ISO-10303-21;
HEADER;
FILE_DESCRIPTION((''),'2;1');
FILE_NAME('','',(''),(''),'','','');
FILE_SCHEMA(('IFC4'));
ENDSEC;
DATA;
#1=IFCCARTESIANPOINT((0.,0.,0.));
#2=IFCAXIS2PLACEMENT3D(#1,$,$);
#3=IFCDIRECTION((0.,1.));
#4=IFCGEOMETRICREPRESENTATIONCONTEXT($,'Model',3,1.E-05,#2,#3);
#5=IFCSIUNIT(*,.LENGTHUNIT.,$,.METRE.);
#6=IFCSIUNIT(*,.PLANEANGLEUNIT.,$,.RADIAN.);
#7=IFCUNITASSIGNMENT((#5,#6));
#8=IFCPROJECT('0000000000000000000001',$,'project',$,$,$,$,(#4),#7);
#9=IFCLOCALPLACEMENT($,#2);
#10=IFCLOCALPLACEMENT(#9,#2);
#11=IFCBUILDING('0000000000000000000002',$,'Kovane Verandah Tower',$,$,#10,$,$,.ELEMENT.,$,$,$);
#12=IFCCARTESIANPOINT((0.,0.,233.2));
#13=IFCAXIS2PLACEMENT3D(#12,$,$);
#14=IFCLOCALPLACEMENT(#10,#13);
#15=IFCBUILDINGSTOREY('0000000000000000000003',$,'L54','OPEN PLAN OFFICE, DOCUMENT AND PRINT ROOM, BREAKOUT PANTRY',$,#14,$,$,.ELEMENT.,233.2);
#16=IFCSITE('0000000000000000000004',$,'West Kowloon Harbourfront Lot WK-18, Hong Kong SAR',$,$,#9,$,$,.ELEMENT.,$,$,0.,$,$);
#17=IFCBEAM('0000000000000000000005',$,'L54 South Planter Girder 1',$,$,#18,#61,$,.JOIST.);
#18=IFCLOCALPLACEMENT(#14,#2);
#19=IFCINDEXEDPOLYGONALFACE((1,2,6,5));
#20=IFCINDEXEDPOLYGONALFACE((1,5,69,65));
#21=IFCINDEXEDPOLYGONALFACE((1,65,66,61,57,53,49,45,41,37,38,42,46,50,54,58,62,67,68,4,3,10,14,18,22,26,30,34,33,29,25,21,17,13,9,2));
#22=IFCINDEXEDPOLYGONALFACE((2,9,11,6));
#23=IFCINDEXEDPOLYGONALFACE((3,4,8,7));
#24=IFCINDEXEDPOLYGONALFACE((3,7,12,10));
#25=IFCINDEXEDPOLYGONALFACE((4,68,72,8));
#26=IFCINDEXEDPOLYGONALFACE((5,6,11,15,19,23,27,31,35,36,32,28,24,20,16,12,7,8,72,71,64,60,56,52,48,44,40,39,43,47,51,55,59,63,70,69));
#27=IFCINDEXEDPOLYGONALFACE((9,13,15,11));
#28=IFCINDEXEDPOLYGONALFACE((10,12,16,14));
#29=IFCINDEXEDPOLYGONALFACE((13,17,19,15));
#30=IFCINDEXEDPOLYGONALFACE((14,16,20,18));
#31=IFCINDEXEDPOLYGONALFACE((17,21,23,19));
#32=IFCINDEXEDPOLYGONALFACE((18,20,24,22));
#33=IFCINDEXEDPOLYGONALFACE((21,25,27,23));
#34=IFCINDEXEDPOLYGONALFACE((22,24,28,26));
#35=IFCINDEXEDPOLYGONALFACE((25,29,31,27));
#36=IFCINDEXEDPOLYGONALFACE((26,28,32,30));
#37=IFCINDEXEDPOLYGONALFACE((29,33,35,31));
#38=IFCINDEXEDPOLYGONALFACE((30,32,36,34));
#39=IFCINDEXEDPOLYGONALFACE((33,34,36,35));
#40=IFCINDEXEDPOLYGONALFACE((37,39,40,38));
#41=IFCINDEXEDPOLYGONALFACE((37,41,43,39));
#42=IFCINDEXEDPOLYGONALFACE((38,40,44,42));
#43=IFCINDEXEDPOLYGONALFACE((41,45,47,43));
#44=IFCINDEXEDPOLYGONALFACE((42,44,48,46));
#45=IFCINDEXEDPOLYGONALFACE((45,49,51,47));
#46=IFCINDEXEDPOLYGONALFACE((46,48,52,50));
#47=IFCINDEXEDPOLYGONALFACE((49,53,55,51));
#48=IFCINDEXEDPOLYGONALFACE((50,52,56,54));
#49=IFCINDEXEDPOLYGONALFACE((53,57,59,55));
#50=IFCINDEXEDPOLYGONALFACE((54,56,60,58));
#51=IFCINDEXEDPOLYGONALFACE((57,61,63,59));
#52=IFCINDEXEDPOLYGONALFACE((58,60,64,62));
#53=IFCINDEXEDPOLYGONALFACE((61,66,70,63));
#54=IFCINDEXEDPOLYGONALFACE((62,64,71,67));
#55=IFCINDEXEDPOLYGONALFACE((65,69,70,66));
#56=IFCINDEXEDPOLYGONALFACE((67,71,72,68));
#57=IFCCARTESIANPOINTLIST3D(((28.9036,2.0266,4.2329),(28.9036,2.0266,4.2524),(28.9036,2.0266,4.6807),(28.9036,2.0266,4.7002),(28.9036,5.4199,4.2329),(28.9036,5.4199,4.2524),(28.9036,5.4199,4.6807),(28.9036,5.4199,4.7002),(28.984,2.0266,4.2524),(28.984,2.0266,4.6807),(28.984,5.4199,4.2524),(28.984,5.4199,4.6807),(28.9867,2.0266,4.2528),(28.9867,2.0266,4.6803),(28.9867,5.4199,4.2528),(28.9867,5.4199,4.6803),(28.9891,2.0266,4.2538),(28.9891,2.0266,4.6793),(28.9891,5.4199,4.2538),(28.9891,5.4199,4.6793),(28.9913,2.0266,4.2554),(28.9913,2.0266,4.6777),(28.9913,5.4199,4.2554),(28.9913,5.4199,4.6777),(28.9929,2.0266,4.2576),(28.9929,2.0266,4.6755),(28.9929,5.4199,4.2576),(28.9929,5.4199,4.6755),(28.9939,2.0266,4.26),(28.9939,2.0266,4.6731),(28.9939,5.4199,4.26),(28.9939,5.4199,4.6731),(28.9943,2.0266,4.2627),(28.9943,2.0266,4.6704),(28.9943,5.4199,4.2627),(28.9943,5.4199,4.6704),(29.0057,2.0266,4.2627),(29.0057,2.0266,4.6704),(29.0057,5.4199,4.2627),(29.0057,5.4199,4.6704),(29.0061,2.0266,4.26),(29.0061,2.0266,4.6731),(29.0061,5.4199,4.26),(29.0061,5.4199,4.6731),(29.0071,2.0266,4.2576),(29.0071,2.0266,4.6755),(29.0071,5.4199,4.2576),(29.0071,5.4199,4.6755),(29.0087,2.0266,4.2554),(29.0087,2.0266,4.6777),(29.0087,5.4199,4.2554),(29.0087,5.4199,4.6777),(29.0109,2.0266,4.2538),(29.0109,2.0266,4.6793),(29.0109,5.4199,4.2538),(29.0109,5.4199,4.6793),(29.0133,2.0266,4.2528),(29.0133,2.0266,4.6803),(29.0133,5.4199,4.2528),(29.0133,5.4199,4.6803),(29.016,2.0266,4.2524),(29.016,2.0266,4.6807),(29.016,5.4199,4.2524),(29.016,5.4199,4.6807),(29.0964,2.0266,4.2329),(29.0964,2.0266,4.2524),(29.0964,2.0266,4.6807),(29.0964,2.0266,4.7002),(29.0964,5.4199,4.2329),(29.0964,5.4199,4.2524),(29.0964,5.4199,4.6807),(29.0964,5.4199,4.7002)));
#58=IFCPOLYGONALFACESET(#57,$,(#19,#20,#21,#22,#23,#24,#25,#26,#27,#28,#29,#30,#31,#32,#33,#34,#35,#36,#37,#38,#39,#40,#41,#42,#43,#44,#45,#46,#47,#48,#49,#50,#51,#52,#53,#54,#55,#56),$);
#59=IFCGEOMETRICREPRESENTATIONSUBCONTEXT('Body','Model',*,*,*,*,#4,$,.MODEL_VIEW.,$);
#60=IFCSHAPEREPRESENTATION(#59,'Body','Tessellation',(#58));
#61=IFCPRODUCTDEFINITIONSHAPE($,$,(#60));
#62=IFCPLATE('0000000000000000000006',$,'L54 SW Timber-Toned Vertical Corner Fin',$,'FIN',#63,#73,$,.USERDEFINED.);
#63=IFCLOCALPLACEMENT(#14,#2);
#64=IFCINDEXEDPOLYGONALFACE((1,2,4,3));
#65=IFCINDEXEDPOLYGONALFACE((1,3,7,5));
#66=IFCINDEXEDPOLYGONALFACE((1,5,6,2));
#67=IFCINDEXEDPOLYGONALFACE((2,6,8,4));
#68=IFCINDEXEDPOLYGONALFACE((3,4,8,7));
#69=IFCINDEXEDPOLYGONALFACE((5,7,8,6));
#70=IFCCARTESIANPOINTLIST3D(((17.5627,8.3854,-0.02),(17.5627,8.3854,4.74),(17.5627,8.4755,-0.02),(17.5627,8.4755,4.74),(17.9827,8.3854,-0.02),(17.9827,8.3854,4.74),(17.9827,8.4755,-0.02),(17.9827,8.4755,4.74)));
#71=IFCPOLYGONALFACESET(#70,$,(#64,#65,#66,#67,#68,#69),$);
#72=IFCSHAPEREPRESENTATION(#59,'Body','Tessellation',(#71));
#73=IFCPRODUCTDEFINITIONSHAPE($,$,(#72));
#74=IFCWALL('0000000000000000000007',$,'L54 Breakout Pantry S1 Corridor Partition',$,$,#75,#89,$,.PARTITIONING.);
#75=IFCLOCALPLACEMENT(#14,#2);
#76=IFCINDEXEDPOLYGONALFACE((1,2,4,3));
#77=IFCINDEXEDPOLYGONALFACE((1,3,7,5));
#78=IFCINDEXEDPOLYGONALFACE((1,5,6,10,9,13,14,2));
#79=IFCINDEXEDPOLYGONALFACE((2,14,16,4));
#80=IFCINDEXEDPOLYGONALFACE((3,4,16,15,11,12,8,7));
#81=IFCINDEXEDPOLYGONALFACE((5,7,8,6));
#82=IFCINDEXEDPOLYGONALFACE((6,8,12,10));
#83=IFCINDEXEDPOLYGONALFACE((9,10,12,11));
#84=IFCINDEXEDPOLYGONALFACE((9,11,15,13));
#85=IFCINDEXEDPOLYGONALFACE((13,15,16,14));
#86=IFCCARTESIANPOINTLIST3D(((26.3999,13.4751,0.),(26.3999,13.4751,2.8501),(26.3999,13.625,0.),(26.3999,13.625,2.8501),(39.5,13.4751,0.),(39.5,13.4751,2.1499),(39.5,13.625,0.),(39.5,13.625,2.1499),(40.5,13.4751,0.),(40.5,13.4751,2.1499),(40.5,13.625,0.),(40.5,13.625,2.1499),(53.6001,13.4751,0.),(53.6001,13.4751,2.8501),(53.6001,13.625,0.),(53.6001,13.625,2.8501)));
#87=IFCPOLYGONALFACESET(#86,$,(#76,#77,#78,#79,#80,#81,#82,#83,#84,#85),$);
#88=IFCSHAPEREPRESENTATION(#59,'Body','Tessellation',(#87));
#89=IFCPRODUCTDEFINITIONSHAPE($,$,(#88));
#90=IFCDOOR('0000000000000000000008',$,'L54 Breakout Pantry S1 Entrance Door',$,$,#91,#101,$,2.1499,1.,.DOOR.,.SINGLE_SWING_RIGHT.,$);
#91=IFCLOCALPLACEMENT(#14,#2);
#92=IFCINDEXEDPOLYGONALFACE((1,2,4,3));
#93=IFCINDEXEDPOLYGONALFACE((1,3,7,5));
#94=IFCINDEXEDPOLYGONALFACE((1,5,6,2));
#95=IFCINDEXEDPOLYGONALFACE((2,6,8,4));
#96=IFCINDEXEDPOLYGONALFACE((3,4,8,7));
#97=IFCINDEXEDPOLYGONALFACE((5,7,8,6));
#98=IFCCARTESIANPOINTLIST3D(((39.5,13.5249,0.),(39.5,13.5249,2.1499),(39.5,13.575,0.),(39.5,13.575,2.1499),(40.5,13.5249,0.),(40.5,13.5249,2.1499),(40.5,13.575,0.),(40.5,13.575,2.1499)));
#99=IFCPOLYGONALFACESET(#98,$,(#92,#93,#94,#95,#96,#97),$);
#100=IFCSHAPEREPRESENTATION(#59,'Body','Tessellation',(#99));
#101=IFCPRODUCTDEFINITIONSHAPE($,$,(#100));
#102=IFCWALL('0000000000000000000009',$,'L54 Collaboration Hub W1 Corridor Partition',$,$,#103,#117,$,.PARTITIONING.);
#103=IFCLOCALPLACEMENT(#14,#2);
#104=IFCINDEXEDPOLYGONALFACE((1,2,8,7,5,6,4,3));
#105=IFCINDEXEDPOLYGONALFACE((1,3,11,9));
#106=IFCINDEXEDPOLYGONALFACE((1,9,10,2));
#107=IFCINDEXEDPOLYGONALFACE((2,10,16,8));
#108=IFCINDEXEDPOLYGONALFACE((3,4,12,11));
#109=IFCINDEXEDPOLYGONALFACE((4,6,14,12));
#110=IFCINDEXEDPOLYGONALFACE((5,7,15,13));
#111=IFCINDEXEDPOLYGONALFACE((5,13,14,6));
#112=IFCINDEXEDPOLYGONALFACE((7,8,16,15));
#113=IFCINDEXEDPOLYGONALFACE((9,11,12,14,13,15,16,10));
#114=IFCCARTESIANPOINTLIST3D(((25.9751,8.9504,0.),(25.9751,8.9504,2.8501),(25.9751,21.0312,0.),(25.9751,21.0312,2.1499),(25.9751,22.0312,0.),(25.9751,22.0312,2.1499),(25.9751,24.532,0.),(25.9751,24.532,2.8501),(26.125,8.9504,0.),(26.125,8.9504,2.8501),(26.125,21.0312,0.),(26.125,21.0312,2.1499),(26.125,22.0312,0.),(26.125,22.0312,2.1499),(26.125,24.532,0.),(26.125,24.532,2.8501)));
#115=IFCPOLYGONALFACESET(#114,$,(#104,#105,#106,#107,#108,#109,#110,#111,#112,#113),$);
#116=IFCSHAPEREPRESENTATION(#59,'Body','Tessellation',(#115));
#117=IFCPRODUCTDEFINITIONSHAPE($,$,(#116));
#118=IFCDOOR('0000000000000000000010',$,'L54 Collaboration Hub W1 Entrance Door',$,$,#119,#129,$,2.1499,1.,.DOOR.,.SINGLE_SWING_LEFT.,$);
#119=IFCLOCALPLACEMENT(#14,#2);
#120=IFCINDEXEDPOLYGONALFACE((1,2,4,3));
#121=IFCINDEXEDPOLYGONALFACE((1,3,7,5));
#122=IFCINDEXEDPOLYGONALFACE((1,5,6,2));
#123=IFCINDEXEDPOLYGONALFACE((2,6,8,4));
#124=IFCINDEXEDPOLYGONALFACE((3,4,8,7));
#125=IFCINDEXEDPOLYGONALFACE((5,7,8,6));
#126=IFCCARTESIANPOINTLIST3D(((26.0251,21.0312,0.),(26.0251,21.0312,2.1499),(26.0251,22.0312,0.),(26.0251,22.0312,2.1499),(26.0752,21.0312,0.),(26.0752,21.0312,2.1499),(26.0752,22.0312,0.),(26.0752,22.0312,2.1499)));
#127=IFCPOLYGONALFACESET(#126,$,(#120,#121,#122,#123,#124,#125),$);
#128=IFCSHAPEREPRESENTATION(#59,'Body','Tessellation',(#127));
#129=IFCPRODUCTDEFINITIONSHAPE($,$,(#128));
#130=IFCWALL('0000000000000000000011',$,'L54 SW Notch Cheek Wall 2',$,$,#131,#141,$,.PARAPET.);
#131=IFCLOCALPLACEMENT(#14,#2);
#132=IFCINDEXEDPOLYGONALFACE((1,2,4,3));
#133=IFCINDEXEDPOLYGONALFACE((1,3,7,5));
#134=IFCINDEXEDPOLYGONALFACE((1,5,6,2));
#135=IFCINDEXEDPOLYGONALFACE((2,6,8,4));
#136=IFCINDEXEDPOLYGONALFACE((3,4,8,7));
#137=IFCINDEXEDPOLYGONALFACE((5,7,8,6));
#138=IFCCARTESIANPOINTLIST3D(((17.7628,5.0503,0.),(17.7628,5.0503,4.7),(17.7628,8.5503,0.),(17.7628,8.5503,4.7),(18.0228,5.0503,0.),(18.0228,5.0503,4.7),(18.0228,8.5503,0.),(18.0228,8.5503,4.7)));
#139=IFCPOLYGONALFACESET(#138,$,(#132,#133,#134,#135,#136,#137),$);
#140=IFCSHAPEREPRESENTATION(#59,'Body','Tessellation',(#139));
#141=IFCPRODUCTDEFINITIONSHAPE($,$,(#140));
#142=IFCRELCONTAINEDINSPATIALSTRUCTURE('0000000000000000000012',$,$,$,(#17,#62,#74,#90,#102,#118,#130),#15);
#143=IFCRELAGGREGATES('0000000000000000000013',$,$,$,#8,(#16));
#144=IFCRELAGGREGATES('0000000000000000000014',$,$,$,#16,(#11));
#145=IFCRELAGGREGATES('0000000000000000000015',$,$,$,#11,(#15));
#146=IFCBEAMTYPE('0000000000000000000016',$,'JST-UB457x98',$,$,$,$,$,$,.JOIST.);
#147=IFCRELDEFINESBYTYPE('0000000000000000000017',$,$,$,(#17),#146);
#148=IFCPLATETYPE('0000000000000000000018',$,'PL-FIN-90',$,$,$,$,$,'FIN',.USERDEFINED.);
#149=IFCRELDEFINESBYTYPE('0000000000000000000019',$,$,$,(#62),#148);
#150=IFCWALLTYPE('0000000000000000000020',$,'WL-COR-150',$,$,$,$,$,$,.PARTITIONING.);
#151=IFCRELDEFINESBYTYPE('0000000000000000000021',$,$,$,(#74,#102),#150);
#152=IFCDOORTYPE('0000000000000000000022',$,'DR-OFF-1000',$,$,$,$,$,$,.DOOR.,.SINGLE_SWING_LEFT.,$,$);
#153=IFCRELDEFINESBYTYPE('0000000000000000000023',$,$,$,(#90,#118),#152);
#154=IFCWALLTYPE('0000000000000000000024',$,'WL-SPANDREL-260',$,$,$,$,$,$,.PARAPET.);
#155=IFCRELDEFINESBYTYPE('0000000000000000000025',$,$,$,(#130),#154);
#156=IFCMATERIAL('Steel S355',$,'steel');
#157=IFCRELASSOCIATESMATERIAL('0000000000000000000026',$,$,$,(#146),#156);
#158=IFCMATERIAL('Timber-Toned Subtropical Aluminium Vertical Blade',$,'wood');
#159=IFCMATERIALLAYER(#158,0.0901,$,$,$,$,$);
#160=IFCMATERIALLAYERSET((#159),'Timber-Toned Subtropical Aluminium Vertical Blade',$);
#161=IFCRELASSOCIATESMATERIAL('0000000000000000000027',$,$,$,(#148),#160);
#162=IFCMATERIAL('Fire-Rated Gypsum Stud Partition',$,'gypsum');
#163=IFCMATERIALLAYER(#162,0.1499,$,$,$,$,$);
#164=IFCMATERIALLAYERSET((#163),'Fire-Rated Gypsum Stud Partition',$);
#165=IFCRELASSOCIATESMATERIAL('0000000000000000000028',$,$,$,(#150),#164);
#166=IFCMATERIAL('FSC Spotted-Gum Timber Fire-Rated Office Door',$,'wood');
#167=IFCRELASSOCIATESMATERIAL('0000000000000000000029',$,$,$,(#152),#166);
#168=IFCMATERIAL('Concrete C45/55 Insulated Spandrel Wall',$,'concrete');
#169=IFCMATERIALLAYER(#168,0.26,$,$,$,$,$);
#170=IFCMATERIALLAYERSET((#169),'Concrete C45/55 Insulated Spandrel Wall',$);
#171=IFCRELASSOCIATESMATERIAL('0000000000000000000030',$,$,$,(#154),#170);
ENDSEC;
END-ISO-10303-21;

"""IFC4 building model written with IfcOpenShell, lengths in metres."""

from ifc_helpers import new_model, si_unit, direction, frame, frame_2d, origin, origin_2d, place, context, subcontext, project, spatial, rectangle, i_section, extrude, material, layer, layer_set, material_profile, profile_set, type_object, element, fill, save


model = new_model("IFC4")

# Units and contexts
model_context = context("Model", 3, precision=1e-05, world=origin(), true_north=direction((0.0, 1.0)))
body_context = subcontext(model_context, "Body", "Model", "MODEL_VIEW")
ifc_project = project(units=[si_unit("LENGTHUNIT", "METRE"), si_unit("PLANEANGLEUNIT", "RADIAN")], contexts=[model_context])

# Site, building, storey
site_placement = place(None, origin())
site = spatial("IfcSite", under=ifc_project, at=site_placement, Name="West Kowloon Harbourfront Lot WK-18, Hong Kong SAR", CompositionType="ELEMENT", RefElevation=0.0)
building_placement = place(site_placement, origin())
building = spatial("IfcBuilding", under=site, at=building_placement, Name="Kovane Verandah Tower", CompositionType="ELEMENT")
storey_placement = place(building_placement, frame((0.0, 0.0, 233.2)))
storey = spatial("IfcBuildingStorey", under=building, at=storey_placement, Name="L54", Description="OPEN PLAN OFFICE, DOCUMENT AND PRINT ROOM, BREAKOUT PANTRY", CompositionType="ELEMENT", Elevation=233.2)

# Shared definitions
ifc_material_1 = material(Name="Steel S355", Category="steel")

# Beam
ifc_material_profile_1 = material_profile(ifc_material_1, i_section(OverallWidth=0.1929, OverallDepth=0.4673, WebThickness=0.0115, FlangeThickness=0.0195, FilletRadius=0.0103, at=origin_2d()), Name="UB457x191x98")
ifc_profile_set_1 = profile_set([ifc_material_profile_1], Name="Steel S355")
beam_type_1 = type_object("IfcBeamType", Name="JST-UB457x98", PredefinedType="JOIST", material=ifc_profile_set_1)
beam_1_placement = place(storey_placement, frame((29.0, 5.4199, 4.4666), z_axis=(0.0, -1.0, 0.0), x_axis=(1.0, 0.0, 0.0)))
element("IfcBeam", 1, at=beam_1_placement, inside=storey, type_object=beam_type_1, Name="L54 South Planter Girder 1", PredefinedType="JOIST", context=body_context, shape_type="SweptSolid", body=[
    extrude(i_section(OverallWidth=0.1929, OverallDepth=0.4673, WebThickness=0.0115, FlangeThickness=0.0195, FilletRadius=0.0103, at=origin_2d()), origin(), (0.0, 0.0, 1.0), 3.3933),
])

# Plate
ifc_material_2 = material(Name="Timber-Toned Subtropical Aluminium Vertical Blade", Category="wood")
ifc_layer_1 = layer(ifc_material_2, 0.0901)
ifc_layer_set_1 = layer_set([ifc_layer_1], Name="Timber-Toned Subtropical Aluminium Vertical Blade")
plate_type = type_object("IfcPlateType", Name="PL-FIN-90", ElementType="FIN", PredefinedType="USERDEFINED", material=ifc_layer_set_1)
plate_placement = place(storey_placement, frame((17.7727, 8.4304, -0.02), z_axis=(0.0, 0.0, 1.0), x_axis=(1.0, 0.0, 0.0)))
element("IfcPlate", 2, at=plate_placement, inside=storey, type_object=plate_type, Name="L54 SW Timber-Toned Vertical Corner Fin", ObjectType="FIN", PredefinedType="USERDEFINED", context=body_context, shape_type="SweptSolid", body=[
    extrude(rectangle(XDim=0.4199, YDim=0.0901, at=origin_2d()), origin(), (0.0, 0.0, 1.0), 4.76),
])

# Walls, openings, doors
ifc_material_3 = material(Name="Fire-Rated Gypsum Stud Partition", Category="gypsum")
ifc_layer_2 = layer(ifc_material_3, 0.1499)
ifc_layer_set_2 = layer_set([ifc_layer_2], Name="Fire-Rated Gypsum Stud Partition")
wall_type_1 = type_object("IfcWallType", Name="WL-COR-150", PredefinedType="PARTITIONING", material=ifc_layer_set_2)
wall_1_placement = place(storey_placement, frame((26.3999, 13.55, 0.0), z_axis=(0.0, 0.0, 1.0), x_axis=(1.0, 0.0, 0.0)))
wall_1 = element("IfcWall", 3, at=wall_1_placement, inside=storey, type_object=wall_type_1, Name="L54 Breakout Pantry S1 Corridor Partition", PredefinedType="PARTITIONING", context=body_context, shape_type="SweptSolid", body=[
    extrude(rectangle(XDim=27.2002, YDim=0.1499, at=frame_2d((13.6001, 0.0))), origin(), (0.0, 0.0, 1.0), 2.8501),
])
opening_1_placement = place(wall_1_placement, frame((13.1001, 0.0, 0.0)))
opening_1 = element("IfcOpeningElement", 4, at=opening_1_placement, cuts=wall_1, PredefinedType="OPENING", context=body_context, shape_type="SweptSolid", body=[
    extrude(rectangle(XDim=1.0, YDim=2.1499, at=frame_2d((0.5, 1.075))), frame((0.0, 0.075, 0.0), z_axis=(0.0, -1.0, 0.0), x_axis=(1.0, 0.0, 0.0)), (0.0, 0.0, 1.0), 0.1499),
])
ifc_material_4 = material(Name="FSC Spotted-Gum Timber Fire-Rated Office Door", Category="wood")
door_type_1 = type_object("IfcDoorType", Name="DR-OFF-1000", OperationType="SINGLE_SWING_LEFT", PredefinedType="DOOR", material=ifc_material_4)
door_1_placement = place(opening_1_placement, origin())
door_1 = element("IfcDoor", 5, at=door_1_placement, inside=storey, type_object=door_type_1, Name="L54 Breakout Pantry S1 Entrance Door", OperationType="SINGLE_SWING_RIGHT", OverallHeight=2.1499, OverallWidth=1.0, PredefinedType="DOOR", context=body_context, shape_type="SweptSolid", body=[
    extrude(rectangle(XDim=1.0, YDim=2.1499, at=frame_2d((0.5, 1.075))), frame((0.0, 0.0249, 0.0), z_axis=(0.0, -1.0, 0.0), x_axis=(1.0, 0.0, 0.0)), (0.0, 0.0, 1.0), 0.05),
])
fill(opening_1, door_1)
wall_2_placement = place(storey_placement, frame((26.05, 8.9504, 0.0), z_axis=(0.0, 0.0, 1.0), x_axis=(0.0, 1.0, 0.0)))
wall_2 = element("IfcWall", 6, at=wall_2_placement, inside=storey, type_object=wall_type_1, Name="L54 Collaboration Hub W1 Corridor Partition", PredefinedType="PARTITIONING", context=body_context, shape_type="SweptSolid", body=[
    extrude(rectangle(XDim=15.5815, YDim=0.1499, at=frame_2d((7.7908, 0.0))), origin(), (0.0, 0.0, 1.0), 2.8501),
])
opening_2_placement = place(wall_2_placement, frame((12.0808, 0.0, 0.0)))
opening_2 = element("IfcOpeningElement", 7, at=opening_2_placement, cuts=wall_2, PredefinedType="OPENING", context=body_context, shape_type="SweptSolid", body=[
    extrude(rectangle(XDim=1.0, YDim=2.1499, at=frame_2d((0.5, 1.075))), frame((0.0, 0.075, 0.0), z_axis=(0.0, -1.0, 0.0), x_axis=(1.0, 0.0, 0.0)), (0.0, 0.0, 1.0), 0.1499),
])
door_2_placement = place(opening_2_placement, origin())
door_2 = element("IfcDoor", 8, at=door_2_placement, inside=storey, type_object=door_type_1, Name="L54 Collaboration Hub W1 Entrance Door", OperationType="SINGLE_SWING_LEFT", OverallHeight=2.1499, OverallWidth=1.0, PredefinedType="DOOR", context=body_context, shape_type="SweptSolid", body=[
    extrude(rectangle(XDim=1.0, YDim=2.1499, at=frame_2d((0.5, 1.075))), frame((0.0, 0.0249, 0.0), z_axis=(0.0, -1.0, 0.0), x_axis=(1.0, 0.0, 0.0)), (0.0, 0.0, 1.0), 0.05),
])
fill(opening_2, door_2)

# Shared definitions
ifc_material_5 = material(Name="Concrete C45/55 Insulated Spandrel Wall", Category="concrete")
ifc_layer_3 = layer(ifc_material_5, 0.26)
ifc_layer_set_3 = layer_set([ifc_layer_3], Name="Concrete C45/55 Insulated Spandrel Wall")
wall_type_2 = type_object("IfcWallType", Name="WL-SPANDREL-260", PredefinedType="PARAPET", material=ifc_layer_set_3)

# Wall
wall_3_placement = place(storey_placement, frame((17.8928, 8.5503, 0.0), z_axis=(0.0, 0.0, 1.0), x_axis=(0.0, -1.0, 0.0)))
element("IfcWall", 9, at=wall_3_placement, inside=storey, type_object=wall_type_2, Name="L54 SW Notch Cheek Wall 2", PredefinedType="PARAPET", context=body_context, shape_type="SweptSolid", body=[
    extrude(rectangle(XDim=3.5, YDim=0.26, at=frame_2d((1.75, 0.0))), origin(), (0.0, 0.0, 1.0), 4.7),
])

save(model, "model.ifc")
